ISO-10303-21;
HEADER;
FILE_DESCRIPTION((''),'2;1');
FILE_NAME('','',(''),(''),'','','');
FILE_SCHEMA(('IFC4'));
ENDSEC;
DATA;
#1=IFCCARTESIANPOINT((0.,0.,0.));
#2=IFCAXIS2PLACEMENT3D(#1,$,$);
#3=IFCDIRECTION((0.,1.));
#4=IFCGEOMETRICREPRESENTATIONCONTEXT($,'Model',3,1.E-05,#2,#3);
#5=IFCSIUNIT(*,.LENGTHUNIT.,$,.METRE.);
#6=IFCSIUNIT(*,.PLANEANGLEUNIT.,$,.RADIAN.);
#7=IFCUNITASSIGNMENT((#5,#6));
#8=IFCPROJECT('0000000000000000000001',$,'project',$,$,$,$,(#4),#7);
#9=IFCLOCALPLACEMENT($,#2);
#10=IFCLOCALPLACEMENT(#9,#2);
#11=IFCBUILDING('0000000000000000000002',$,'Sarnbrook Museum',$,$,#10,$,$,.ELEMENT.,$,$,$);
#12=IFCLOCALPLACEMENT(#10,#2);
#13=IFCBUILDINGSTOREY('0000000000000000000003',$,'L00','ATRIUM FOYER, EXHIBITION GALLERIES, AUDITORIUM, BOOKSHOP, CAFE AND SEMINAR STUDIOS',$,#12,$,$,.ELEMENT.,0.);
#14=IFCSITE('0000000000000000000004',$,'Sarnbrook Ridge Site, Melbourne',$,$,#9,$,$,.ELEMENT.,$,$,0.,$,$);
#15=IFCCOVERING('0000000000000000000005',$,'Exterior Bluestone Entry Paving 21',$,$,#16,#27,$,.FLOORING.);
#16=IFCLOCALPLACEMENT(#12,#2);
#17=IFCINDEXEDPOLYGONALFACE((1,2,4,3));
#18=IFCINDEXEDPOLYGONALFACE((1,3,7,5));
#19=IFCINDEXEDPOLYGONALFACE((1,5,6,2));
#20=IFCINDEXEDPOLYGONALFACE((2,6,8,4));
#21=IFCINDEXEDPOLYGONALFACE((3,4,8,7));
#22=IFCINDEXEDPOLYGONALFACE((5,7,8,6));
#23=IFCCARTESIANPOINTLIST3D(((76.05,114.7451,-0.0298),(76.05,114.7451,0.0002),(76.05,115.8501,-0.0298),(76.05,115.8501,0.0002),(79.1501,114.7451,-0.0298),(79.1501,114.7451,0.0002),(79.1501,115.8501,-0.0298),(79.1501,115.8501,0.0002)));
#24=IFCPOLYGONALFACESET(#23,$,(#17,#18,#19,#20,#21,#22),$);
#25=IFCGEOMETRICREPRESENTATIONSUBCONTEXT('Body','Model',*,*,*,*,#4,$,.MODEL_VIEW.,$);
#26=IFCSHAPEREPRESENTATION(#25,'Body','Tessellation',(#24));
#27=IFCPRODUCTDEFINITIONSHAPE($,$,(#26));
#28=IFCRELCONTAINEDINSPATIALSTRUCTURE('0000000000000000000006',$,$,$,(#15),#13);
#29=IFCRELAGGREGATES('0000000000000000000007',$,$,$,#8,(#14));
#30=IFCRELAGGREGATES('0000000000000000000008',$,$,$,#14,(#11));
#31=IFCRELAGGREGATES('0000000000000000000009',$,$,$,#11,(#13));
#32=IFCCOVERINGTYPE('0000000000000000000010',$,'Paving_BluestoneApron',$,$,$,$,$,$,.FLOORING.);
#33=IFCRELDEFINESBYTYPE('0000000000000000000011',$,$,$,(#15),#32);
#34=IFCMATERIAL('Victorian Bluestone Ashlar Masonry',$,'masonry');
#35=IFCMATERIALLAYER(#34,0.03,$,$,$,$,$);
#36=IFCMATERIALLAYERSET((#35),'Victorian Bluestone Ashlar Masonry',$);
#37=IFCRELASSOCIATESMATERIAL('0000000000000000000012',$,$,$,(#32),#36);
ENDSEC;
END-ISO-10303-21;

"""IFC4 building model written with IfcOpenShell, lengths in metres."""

from ifc_helpers import new_model, si_unit, direction, frame, origin, origin_2d, place, context, subcontext, project, spatial, rectangle, extrude, material, layer, layer_set, type_object, element, save


model = new_model("IFC4")

# Units and contexts
model_context = context("Model", 3, precision=1e-05, world=origin(), true_north=direction((0.0, 1.0)))
body_context = subcontext(model_context, "Body", "Model", "MODEL_VIEW")
ifc_project = project(units=[si_unit("LENGTHUNIT", "METRE"), si_unit("PLANEANGLEUNIT", "RADIAN")], contexts=[model_context])

# Site, building, storey
site_placement = place(None, origin())
site = spatial("IfcSite", under=ifc_project, at=site_placement, Name="Sarnbrook Ridge Site, Melbourne", CompositionType="ELEMENT", RefElevation=0.0)
building_placement = place(site_placement, origin())
building = spatial("IfcBuilding", under=site, at=building_placement, Name="Sarnbrook Museum", CompositionType="ELEMENT")
storey_placement = place(building_placement, origin())
storey = spatial("IfcBuildingStorey", under=building, at=storey_placement, Name="L00", Description="ATRIUM FOYER, EXHIBITION GALLERIES, AUDITORIUM, BOOKSHOP, CAFE AND SEMINAR STUDIOS", CompositionType="ELEMENT", Elevation=0.0)

# Covering
ifc_material_1 = material(Name="Victorian Bluestone Ashlar Masonry", Category="masonry")
ifc_layer_1 = layer(ifc_material_1, 0.03)
ifc_layer_set_1 = layer_set([ifc_layer_1], Name="Victorian Bluestone Ashlar Masonry")
covering_type = type_object("IfcCoveringType", Name="Paving_BluestoneApron", PredefinedType="FLOORING", material=ifc_layer_set_1)
covering_1_placement = place(storey_placement, frame((77.6001, 115.2976, -0.0298), z_axis=(0.0, 0.0, 1.0), x_axis=(1.0, 0.0, 0.0)))
element("IfcCovering", 1, at=covering_1_placement, inside=storey, type_object=covering_type, Name="Exterior Bluestone Entry Paving 21", PredefinedType="FLOORING", context=body_context, shape_type="SweptSolid", body=[
    extrude(rectangle(XDim=3.1001, YDim=1.105, at=origin_2d()), origin(), (0.0, 0.0, 1.0), 0.03),
])

save(model, "model.ifc")
